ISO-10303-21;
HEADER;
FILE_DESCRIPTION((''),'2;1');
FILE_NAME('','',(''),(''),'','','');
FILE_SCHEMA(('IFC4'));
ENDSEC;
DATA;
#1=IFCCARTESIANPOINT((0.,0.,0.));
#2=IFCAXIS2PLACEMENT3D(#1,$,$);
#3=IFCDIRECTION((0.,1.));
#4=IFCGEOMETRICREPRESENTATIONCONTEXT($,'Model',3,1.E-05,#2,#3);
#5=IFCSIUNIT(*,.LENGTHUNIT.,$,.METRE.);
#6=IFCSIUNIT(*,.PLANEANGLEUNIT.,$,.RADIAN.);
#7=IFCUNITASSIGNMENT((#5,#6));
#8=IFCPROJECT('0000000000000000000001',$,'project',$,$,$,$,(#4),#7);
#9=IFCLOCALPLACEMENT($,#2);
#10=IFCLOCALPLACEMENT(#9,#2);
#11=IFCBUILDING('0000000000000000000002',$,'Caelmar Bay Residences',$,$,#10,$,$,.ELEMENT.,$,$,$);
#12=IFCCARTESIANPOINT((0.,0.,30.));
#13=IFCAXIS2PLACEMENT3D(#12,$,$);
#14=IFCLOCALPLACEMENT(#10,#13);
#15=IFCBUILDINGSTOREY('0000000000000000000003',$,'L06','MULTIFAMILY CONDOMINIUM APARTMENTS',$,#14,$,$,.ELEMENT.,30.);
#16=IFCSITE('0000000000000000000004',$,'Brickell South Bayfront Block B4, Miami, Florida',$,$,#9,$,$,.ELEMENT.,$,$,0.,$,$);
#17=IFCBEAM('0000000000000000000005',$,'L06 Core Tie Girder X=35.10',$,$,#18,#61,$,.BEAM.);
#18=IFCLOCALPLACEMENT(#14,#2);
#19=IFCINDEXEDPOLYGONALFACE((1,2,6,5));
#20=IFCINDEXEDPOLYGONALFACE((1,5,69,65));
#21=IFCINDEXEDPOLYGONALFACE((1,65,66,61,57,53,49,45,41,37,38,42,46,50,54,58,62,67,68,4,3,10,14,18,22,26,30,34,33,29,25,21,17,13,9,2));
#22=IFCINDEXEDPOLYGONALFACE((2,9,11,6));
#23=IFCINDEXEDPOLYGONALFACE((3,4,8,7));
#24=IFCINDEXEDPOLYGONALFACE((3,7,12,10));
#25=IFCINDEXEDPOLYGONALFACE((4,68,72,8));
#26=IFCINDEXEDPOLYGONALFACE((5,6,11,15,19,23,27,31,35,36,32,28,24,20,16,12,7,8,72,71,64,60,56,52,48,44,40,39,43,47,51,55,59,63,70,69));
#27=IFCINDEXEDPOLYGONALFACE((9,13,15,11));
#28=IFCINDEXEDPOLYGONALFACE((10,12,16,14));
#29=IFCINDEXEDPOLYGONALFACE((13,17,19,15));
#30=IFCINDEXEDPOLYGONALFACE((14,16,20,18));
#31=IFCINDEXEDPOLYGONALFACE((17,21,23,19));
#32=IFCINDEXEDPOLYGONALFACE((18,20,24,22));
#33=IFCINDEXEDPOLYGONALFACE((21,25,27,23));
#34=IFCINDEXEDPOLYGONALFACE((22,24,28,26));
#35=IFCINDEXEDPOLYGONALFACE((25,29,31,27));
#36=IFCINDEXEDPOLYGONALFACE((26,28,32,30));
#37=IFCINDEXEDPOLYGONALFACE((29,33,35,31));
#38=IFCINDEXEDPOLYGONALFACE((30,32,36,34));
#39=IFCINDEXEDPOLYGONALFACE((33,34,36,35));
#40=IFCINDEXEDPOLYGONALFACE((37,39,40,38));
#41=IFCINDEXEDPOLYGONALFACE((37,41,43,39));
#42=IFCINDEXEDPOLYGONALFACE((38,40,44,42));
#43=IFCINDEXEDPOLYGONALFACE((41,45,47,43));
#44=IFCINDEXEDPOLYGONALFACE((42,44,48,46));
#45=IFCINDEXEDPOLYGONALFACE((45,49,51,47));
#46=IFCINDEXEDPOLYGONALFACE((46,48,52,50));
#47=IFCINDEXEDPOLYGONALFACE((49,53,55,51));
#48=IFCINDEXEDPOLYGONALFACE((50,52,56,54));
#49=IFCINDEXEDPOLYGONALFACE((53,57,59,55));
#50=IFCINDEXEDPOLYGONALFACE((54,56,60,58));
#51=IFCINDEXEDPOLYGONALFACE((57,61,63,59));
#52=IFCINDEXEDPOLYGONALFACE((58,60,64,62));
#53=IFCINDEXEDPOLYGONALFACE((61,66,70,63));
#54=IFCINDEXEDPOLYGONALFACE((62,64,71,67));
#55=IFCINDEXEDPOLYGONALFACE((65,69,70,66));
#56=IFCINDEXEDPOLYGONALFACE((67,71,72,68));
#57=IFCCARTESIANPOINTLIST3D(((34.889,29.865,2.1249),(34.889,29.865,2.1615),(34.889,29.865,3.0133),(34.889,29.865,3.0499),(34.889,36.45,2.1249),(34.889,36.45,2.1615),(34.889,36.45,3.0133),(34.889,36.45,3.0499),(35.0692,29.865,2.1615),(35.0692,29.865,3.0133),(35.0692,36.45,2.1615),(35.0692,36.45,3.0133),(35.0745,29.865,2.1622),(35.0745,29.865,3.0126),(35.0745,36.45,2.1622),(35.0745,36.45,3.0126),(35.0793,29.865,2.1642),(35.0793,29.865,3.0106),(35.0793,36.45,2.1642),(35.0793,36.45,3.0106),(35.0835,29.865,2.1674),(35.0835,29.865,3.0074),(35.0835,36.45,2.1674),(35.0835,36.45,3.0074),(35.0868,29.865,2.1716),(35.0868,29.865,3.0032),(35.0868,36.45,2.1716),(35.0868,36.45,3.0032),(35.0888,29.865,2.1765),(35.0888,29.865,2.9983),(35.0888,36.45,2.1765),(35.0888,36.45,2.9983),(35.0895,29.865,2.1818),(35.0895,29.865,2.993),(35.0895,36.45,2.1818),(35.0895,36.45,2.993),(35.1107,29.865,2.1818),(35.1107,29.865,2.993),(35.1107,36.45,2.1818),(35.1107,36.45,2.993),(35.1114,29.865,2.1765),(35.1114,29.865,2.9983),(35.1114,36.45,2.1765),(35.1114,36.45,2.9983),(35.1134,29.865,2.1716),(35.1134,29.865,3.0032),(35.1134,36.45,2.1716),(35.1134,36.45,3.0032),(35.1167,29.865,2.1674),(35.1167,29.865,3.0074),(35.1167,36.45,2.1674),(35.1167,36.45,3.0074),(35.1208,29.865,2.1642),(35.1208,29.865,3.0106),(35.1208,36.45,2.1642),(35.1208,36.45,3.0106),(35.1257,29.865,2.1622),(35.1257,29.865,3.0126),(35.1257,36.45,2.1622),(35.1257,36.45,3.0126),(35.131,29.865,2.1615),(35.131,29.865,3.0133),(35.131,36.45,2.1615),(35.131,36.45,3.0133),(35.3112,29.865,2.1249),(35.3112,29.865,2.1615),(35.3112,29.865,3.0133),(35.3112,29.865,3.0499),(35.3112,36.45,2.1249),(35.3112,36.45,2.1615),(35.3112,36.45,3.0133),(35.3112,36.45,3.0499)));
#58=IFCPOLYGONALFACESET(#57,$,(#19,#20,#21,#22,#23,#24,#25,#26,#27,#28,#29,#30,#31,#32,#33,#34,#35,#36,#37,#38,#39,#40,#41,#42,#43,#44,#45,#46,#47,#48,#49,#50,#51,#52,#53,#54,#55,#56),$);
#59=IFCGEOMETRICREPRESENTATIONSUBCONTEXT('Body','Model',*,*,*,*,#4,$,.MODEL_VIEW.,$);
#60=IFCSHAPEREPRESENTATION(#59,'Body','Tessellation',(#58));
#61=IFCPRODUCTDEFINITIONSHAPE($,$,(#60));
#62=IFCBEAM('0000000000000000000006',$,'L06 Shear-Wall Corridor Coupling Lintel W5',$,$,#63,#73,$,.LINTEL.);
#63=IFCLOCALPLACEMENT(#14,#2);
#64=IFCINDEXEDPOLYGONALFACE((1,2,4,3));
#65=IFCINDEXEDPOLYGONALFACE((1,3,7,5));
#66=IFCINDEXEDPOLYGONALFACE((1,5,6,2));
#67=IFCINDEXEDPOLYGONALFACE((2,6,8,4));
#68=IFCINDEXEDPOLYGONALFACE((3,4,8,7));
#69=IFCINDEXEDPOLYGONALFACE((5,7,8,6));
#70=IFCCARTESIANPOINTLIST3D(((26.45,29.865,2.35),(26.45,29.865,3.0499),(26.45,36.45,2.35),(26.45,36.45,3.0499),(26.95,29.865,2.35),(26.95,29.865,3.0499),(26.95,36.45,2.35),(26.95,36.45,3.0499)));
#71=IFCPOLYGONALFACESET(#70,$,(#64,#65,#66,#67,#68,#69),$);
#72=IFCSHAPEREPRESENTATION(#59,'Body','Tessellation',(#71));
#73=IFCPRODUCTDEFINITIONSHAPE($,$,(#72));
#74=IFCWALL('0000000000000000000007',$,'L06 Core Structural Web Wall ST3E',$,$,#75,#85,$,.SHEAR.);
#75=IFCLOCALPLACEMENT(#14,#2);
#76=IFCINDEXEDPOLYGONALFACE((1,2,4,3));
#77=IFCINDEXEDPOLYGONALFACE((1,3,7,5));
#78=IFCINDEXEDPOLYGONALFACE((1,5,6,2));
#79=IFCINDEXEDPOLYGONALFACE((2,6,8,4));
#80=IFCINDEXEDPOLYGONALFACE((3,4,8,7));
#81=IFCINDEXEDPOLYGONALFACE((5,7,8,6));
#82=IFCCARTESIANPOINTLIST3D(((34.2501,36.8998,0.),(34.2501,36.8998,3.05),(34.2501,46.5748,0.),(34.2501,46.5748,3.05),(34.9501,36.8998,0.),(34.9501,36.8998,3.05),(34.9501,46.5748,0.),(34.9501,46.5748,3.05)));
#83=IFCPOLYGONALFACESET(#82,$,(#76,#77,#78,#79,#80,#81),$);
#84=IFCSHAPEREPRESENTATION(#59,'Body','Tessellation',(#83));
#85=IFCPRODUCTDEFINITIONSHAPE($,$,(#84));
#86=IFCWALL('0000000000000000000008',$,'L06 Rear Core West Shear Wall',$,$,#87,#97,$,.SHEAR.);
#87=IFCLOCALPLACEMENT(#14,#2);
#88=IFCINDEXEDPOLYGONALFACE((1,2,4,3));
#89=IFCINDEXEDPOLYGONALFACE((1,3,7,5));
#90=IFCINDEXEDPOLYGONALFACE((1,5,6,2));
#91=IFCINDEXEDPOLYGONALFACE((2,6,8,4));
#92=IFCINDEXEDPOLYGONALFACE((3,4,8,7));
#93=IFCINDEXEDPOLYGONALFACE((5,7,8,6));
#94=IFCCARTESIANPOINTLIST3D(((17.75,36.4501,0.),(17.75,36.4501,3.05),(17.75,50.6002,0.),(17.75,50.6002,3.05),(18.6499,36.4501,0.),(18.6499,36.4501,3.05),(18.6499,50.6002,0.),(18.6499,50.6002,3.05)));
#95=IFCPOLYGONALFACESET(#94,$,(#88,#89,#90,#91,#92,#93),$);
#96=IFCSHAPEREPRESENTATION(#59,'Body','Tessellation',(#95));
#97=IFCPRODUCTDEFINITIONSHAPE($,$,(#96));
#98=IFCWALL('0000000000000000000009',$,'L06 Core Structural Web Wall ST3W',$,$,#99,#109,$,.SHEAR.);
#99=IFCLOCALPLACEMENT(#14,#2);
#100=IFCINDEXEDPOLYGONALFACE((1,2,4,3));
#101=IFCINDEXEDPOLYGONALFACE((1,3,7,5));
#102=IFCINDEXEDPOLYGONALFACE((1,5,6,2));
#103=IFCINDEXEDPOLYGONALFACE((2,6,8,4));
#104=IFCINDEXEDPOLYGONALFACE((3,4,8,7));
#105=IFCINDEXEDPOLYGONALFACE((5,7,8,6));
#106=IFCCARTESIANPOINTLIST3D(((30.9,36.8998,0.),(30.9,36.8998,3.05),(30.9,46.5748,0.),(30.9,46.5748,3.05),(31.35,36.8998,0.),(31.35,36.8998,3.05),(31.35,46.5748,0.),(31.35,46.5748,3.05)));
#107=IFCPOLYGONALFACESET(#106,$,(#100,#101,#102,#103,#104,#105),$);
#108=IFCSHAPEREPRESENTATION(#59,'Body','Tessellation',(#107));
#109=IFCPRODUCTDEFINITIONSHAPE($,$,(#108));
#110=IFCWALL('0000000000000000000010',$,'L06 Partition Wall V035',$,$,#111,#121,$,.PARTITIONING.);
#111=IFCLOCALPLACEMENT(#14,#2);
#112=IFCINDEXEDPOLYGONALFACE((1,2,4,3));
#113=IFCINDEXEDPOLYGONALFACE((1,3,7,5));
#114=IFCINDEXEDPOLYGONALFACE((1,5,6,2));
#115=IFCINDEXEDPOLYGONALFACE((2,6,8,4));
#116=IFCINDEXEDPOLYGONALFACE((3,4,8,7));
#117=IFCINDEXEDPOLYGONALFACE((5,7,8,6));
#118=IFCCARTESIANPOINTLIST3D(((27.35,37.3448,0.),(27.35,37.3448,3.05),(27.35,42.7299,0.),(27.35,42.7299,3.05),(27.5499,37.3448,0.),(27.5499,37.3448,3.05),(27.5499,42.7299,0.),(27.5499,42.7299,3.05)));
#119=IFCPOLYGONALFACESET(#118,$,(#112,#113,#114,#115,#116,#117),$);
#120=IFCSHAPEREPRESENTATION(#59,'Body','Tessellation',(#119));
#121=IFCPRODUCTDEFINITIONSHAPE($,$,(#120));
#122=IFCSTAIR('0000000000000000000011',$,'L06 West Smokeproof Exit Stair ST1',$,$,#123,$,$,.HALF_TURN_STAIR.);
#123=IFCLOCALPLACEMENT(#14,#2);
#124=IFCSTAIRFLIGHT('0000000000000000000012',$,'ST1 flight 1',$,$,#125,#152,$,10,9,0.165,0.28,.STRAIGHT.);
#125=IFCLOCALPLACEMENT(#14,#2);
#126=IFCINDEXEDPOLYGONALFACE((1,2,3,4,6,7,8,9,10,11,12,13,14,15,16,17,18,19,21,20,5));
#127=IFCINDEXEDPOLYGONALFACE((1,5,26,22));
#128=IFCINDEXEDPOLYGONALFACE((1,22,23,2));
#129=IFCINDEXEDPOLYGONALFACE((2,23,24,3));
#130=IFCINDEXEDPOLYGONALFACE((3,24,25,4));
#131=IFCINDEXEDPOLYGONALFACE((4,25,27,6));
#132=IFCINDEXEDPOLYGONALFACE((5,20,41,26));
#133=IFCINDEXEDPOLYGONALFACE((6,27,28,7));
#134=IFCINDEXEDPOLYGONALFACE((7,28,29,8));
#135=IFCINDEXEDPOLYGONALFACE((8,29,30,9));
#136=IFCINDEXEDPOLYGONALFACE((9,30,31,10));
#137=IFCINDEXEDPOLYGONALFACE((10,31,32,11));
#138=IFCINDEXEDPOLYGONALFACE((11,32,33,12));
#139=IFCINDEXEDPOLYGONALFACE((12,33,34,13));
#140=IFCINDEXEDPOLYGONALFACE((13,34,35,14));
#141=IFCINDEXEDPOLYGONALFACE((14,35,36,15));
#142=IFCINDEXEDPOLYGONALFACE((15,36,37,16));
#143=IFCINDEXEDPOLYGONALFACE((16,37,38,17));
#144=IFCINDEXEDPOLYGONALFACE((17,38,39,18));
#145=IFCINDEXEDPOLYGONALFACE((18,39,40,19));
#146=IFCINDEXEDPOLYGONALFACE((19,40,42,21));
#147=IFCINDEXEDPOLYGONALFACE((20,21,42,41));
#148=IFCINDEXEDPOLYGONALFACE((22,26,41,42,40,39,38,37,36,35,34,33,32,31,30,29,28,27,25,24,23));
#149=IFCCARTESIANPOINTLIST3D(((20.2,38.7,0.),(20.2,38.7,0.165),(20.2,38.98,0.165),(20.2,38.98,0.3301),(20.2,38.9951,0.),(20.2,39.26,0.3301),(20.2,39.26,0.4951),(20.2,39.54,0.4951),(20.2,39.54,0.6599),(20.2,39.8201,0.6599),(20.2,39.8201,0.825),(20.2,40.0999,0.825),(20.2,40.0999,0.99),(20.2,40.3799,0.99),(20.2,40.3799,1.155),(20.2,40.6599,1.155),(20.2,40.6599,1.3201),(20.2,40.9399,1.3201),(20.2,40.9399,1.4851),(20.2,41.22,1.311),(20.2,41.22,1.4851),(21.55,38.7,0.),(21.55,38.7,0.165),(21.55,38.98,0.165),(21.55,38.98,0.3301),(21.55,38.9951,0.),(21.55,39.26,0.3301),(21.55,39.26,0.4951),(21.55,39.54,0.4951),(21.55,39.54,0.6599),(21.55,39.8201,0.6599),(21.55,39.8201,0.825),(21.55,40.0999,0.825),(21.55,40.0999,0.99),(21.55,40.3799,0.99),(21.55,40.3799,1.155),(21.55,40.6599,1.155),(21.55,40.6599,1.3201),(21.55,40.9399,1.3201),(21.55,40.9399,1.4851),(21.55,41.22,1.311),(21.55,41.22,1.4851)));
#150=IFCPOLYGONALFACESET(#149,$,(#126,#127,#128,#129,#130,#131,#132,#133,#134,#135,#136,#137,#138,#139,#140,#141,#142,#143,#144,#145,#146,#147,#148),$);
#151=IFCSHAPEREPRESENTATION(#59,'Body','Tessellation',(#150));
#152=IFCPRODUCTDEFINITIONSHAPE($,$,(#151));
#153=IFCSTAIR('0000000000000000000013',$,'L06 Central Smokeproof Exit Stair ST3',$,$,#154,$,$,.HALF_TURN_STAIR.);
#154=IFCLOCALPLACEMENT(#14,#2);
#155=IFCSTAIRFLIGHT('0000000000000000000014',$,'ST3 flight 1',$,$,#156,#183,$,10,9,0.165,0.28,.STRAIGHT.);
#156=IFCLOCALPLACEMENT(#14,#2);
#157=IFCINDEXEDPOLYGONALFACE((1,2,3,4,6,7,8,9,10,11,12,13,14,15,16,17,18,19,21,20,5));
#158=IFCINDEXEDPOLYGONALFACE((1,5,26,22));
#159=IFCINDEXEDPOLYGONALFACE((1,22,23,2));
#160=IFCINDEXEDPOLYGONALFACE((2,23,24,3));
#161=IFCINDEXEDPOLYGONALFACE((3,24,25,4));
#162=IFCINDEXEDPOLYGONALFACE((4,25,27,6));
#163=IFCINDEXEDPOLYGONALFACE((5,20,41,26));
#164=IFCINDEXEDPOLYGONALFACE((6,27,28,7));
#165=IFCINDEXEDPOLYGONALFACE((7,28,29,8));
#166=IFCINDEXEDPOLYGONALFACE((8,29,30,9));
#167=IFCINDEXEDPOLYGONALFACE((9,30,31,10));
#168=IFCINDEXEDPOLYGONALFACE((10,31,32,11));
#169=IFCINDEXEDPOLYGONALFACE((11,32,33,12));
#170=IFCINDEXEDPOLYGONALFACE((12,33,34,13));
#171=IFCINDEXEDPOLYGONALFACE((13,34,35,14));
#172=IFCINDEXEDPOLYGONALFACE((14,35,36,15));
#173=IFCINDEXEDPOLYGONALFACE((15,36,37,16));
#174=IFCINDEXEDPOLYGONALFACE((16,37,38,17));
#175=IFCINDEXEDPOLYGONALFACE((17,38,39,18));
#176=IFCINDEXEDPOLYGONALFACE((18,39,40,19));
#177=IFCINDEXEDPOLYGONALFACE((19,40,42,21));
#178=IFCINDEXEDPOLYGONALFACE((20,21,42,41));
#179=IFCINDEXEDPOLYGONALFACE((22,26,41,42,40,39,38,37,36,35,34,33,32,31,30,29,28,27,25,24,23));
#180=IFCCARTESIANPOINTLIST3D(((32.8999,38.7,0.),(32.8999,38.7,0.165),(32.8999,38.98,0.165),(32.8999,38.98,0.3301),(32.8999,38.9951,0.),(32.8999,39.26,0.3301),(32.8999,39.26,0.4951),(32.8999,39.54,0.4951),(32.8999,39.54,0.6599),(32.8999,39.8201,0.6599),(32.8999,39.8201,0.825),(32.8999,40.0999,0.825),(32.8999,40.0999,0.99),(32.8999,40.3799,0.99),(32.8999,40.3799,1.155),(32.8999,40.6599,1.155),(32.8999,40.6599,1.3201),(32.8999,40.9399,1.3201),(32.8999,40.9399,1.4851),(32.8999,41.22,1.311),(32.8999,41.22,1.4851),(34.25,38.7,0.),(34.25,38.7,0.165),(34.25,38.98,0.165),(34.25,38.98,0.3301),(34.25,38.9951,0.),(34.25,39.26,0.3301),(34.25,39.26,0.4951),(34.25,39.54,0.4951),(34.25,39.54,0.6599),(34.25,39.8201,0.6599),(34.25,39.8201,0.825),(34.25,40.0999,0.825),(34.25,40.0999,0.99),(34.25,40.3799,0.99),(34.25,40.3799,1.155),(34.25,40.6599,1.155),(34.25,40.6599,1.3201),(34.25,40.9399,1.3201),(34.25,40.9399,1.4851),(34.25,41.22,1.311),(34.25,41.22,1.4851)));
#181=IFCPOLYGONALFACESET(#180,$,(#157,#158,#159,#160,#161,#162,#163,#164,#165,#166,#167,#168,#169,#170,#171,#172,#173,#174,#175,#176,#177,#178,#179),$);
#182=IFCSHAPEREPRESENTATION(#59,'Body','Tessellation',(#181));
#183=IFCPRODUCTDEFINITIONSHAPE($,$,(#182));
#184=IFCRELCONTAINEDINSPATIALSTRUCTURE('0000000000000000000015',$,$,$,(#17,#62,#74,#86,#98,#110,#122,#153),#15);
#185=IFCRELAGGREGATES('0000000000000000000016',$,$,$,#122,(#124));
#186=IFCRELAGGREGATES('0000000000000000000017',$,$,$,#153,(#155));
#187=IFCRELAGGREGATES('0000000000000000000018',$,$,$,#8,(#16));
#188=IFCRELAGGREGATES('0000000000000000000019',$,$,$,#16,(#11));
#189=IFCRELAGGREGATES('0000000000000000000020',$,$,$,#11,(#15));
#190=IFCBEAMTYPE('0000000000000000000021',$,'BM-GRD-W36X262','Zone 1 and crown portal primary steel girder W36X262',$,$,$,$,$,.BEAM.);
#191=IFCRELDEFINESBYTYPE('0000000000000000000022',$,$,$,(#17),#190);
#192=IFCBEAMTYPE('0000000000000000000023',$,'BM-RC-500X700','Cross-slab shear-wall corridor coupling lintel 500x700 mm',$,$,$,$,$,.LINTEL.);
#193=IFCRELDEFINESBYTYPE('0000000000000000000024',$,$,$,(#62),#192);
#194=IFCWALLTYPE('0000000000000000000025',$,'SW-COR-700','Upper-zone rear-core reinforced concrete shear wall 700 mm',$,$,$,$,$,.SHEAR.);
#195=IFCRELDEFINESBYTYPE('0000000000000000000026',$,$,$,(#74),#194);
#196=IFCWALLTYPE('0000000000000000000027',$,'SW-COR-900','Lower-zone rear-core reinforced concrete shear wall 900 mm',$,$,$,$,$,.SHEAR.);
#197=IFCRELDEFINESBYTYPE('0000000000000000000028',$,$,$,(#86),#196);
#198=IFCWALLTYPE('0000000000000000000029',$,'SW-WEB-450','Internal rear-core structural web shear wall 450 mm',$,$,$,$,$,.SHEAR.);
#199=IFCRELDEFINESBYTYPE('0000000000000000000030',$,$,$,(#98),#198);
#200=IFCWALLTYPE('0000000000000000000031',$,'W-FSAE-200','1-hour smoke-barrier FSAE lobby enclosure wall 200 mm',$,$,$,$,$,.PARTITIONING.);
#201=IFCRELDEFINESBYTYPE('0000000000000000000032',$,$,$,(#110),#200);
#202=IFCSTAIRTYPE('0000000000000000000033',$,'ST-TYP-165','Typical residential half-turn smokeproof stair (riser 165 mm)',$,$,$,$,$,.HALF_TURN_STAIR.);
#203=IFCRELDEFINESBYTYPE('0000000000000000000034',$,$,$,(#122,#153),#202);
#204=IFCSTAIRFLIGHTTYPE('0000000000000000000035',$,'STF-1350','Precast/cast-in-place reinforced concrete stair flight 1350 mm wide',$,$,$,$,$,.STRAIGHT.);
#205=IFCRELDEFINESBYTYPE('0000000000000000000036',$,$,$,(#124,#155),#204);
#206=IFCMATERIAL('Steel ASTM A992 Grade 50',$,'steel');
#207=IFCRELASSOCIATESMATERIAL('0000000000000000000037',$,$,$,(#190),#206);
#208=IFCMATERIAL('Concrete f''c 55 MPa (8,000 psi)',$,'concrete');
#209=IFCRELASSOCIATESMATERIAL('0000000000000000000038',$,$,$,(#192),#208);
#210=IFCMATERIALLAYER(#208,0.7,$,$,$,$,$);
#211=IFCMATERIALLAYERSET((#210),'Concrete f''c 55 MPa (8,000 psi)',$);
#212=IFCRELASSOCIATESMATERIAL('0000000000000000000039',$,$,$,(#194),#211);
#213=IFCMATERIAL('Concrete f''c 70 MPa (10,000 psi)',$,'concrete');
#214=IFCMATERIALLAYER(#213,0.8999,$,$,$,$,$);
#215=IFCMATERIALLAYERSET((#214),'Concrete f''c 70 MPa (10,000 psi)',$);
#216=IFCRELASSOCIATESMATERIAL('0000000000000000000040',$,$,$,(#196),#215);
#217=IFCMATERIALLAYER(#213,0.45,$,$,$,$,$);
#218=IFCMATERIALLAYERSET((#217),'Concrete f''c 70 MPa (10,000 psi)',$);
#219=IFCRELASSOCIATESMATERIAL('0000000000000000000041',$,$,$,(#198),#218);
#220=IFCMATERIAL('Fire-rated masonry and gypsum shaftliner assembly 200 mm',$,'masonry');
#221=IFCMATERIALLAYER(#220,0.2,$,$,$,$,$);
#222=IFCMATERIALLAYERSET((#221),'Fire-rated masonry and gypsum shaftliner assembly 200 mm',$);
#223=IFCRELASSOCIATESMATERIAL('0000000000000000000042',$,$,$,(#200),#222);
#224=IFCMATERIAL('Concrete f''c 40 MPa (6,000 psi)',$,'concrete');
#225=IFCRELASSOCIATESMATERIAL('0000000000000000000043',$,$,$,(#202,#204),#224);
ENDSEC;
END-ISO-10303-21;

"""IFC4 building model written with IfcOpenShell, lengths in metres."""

from ifc_helpers import new_model, si_unit, direction, frame, frame_2d, origin, origin_2d, place, context, subcontext, project, spatial, polyline, rectangle, i_section, outline, extrude, material, layer, layer_set, material_profile, profile_set, type_object, element, aggregate, save


model = new_model("IFC4")

# Units and contexts
model_context = context("Model", 3, precision=1e-05, world=origin(), true_north=direction((0.0, 1.0)))
body_context = subcontext(model_context, "Body", "Model", "MODEL_VIEW")
ifc_project = project(units=[si_unit("LENGTHUNIT", "METRE"), si_unit("PLANEANGLEUNIT", "RADIAN")], contexts=[model_context])

# Site, building, storey
site_placement = place(None, origin())
site = spatial("IfcSite", under=ifc_project, at=site_placement, Name="Brickell South Bayfront Block B4, Miami, Florida", CompositionType="ELEMENT", RefElevation=0.0)
building_placement = place(site_placement, origin())
building = spatial("IfcBuilding", under=site, at=building_placement, Name="Caelmar Bay Residences", CompositionType="ELEMENT")
storey_placement = place(building_placement, frame((0.0, 0.0, 30.0)))
storey = spatial("IfcBuildingStorey", under=building, at=storey_placement, Name="L06", Description="MULTIFAMILY CONDOMINIUM APARTMENTS", CompositionType="ELEMENT", Elevation=30.0)

# Beams
ifc_material_1 = material(Name="Steel ASTM A992 Grade 50", Category="steel")
ifc_material_profile_1 = material_profile(ifc_material_1, i_section(OverallWidth=0.4221, OverallDepth=0.925, WebThickness=0.0212, FlangeThickness=0.0366, FilletRadius=0.0203, at=origin_2d()), Name="W36X262")
ifc_profile_set_1 = profile_set([ifc_material_profile_1], Name="Steel ASTM A992 Grade 50")
beam_type_1 = type_object("IfcBeamType", Name="BM-GRD-W36X262", Description="Zone 1 and crown portal primary steel girder W36X262", PredefinedType="BEAM", material=ifc_profile_set_1)
beam_1_placement = place(storey_placement, frame((35.1001, 29.865, 2.5874), z_axis=(0.0, 1.0, 0.0), x_axis=(-1.0, 0.0, 0.0)))
element("IfcBeam", 1, at=beam_1_placement, inside=storey, type_object=beam_type_1, Name="L06 Core Tie Girder X=35.10", PredefinedType="BEAM", context=body_context, shape_type="SweptSolid", body=[
    extrude(i_section(OverallWidth=0.4221, OverallDepth=0.925, WebThickness=0.0212, FlangeThickness=0.0366, FilletRadius=0.0203, at=origin_2d()), origin(), (0.0, 0.0, 1.0), 6.585),
])
ifc_material_2 = material(Name="Concrete f'c 55 MPa (8,000 psi)", Category="concrete")
ifc_material_profile_2 = material_profile(ifc_material_2, rectangle(XDim=0.5, YDim=0.7, at=origin_2d()), Name="RC-BM-500X700")
ifc_profile_set_2 = profile_set([ifc_material_profile_2], Name="Concrete f'c 55 MPa (8,000 psi)")
beam_type_2 = type_object("IfcBeamType", Name="BM-RC-500X700", Description="Cross-slab shear-wall corridor coupling lintel 500x700 mm", PredefinedType="LINTEL", material=ifc_profile_set_2)
beam_2_placement = place(storey_placement, frame((26.7, 29.865, 2.7), z_axis=(0.0, 1.0, 0.0), x_axis=(-1.0, 0.0, 0.0)))
element("IfcBeam", 2, at=beam_2_placement, inside=storey, type_object=beam_type_2, Name="L06 Shear-Wall Corridor Coupling Lintel W5", PredefinedType="LINTEL", context=body_context, shape_type="SweptSolid", body=[
    extrude(rectangle(XDim=0.5, YDim=0.7, at=origin_2d()), origin(), (0.0, 0.0, 1.0), 6.585),
])

# Shared definitions
ifc_layer_1 = layer(ifc_material_2, 0.7)
ifc_layer_set_1 = layer_set([ifc_layer_1], Name="Concrete f'c 55 MPa (8,000 psi)")
wall_type_1 = type_object("IfcWallType", Name="SW-COR-700", Description="Upper-zone rear-core reinforced concrete shear wall 700 mm", PredefinedType="SHEAR", material=ifc_layer_set_1)

# Walls
wall_1_placement = place(storey_placement, frame((34.6001, 36.8999, 0.0), z_axis=(0.0, 0.0, 1.0), x_axis=(0.0, 1.0, 0.0)))
element("IfcWall", 3, at=wall_1_placement, inside=storey, type_object=wall_type_1, Name="L06 Core Structural Web Wall ST3E", PredefinedType="SHEAR", context=body_context, shape_type="SweptSolid", body=[
    extrude(rectangle(XDim=9.675, YDim=0.7, at=frame_2d((4.8374, 0.0))), origin(), (0.0, 0.0, 1.0), 3.05),
])
ifc_material_3 = material(Name="Concrete f'c 70 MPa (10,000 psi)", Category="concrete")
ifc_layer_2 = layer(ifc_material_3, 0.8999)
ifc_layer_set_2 = layer_set([ifc_layer_2], Name="Concrete f'c 70 MPa (10,000 psi)")
wall_type_2 = type_object("IfcWallType", Name="SW-COR-900", Description="Lower-zone rear-core reinforced concrete shear wall 900 mm", PredefinedType="SHEAR", material=ifc_layer_set_2)
wall_2_placement = place(storey_placement, frame((18.2, 36.45, 0.0), z_axis=(0.0, 0.0, 1.0), x_axis=(0.0, 1.0, 0.0)))
element("IfcWall", 4, at=wall_2_placement, inside=storey, type_object=wall_type_2, Name="L06 Rear Core West Shear Wall", PredefinedType="SHEAR", context=body_context, shape_type="SweptSolid", body=[
    extrude(rectangle(XDim=14.1501, YDim=0.8999, at=frame_2d((7.0752, 0.0))), origin(), (0.0, 0.0, 1.0), 3.05),
])
ifc_layer_3 = layer(ifc_material_3, 0.45)
ifc_layer_set_3 = layer_set([ifc_layer_3], Name="Concrete f'c 70 MPa (10,000 psi)")
wall_type_3 = type_object("IfcWallType", Name="SW-WEB-450", Description="Internal rear-core structural web shear wall 450 mm", PredefinedType="SHEAR", material=ifc_layer_set_3)
wall_3_placement = place(storey_placement, frame((31.125, 36.8999, 0.0), z_axis=(0.0, 0.0, 1.0), x_axis=(0.0, 1.0, 0.0)))
element("IfcWall", 5, at=wall_3_placement, inside=storey, type_object=wall_type_3, Name="L06 Core Structural Web Wall ST3W", PredefinedType="SHEAR", context=body_context, shape_type="SweptSolid", body=[
    extrude(rectangle(XDim=9.675, YDim=0.45, at=frame_2d((4.8374, 0.0))), origin(), (0.0, 0.0, 1.0), 3.05),
])
ifc_material_4 = material(Name="Fire-rated masonry and gypsum shaftliner assembly 200 mm", Category="masonry")
ifc_layer_4 = layer(ifc_material_4, 0.2)
ifc_layer_set_4 = layer_set([ifc_layer_4], Name="Fire-rated masonry and gypsum shaftliner assembly 200 mm")
wall_type_4 = type_object("IfcWallType", Name="W-FSAE-200", Description="1-hour smoke-barrier FSAE lobby enclosure wall 200 mm", PredefinedType="PARTITIONING", material=ifc_layer_set_4)
wall_4_placement = place(storey_placement, frame((27.45, 37.345, 0.0), z_axis=(0.0, 0.0, 1.0), x_axis=(0.0, 1.0, 0.0)))
element("IfcWall", 6, at=wall_4_placement, inside=storey, type_object=wall_type_4, Name="L06 Partition Wall V035", PredefinedType="PARTITIONING", context=body_context, shape_type="SweptSolid", body=[
    extrude(rectangle(XDim=5.385, YDim=0.2, at=frame_2d((2.6924, 0.0))), origin(), (0.0, 0.0, 1.0), 3.05),
])

# Stairs, stair flights
ifc_material_5 = material(Name="Concrete f'c 40 MPa (6,000 psi)", Category="concrete")
stair_type = type_object("IfcStairType", Name="ST-TYP-165", Description="Typical residential half-turn smokeproof stair (riser 165 mm)", PredefinedType="HALF_TURN_STAIR", material=ifc_material_5)
stair_1_placement = place(storey_placement, origin())
stair_1 = element("IfcStair", 7, at=stair_1_placement, inside=storey, type_object=stair_type, Name="L06 West Smokeproof Exit Stair ST1", PredefinedType="HALF_TURN_STAIR")
stair_flight_type = type_object("IfcStairFlightType", Name="STF-1350", Description="Precast/cast-in-place reinforced concrete stair flight 1350 mm wide", PredefinedType="STRAIGHT", material=ifc_material_5)
stair_flight_1_placement = place(storey_placement, frame((20.875, 38.7, 0.0), z_axis=(0.0, 0.0, 1.0), x_axis=(0.0, 1.0, 0.0)))
stair_flight_1 = element("IfcStairFlight", 8, at=stair_flight_1_placement, type_object=stair_flight_type, Name="ST1 flight 1", NumberOfRisers=10, NumberOfTreads=9, PredefinedType="STRAIGHT", RiserHeight=0.165, TreadLength=0.28, context=body_context, shape_type="SweptSolid", body=[
    extrude(outline(polyline([(0.0, 0.0), (0.0, 0.165), (0.28, 0.165), (0.28, 0.3301), (0.5601, 0.3301), (0.5601, 0.4951), (0.8401, 0.4951), (0.8401, 0.6599), (1.1201, 0.6599), (1.1201, 0.825), (1.3999, 0.825), (1.3999, 0.99), (1.6799, 0.99), (1.6799, 1.155), (1.96, 1.155), (1.96, 1.3201), (2.24, 1.3201), (2.24, 1.4851), (2.52, 1.4851), (2.52, 1.6499), (2.52, 1.311), (0.2952, 0.0), (0.0, 0.0)])), frame((0.0, 0.675, 0.0), z_axis=(0.0, -1.0, 0.0), x_axis=(1.0, 0.0, 0.0)), (0.0, 0.0, 1.0), 1.3501),
])
aggregate(stair_1, [stair_flight_1])
stair_2_placement = place(storey_placement, origin())
stair_2 = element("IfcStair", 9, at=stair_2_placement, inside=storey, type_object=stair_type, Name="L06 Central Smokeproof Exit Stair ST3", PredefinedType="HALF_TURN_STAIR")
stair_flight_2_placement = place(storey_placement, frame((33.575, 38.7, 0.0), z_axis=(0.0, 0.0, 1.0), x_axis=(0.0, 1.0, 0.0)))
stair_flight_2 = element("IfcStairFlight", 10, at=stair_flight_2_placement, type_object=stair_flight_type, Name="ST3 flight 1", NumberOfRisers=10, NumberOfTreads=9, PredefinedType="STRAIGHT", RiserHeight=0.165, TreadLength=0.28, context=body_context, shape_type="SweptSolid", body=[
    extrude(outline(polyline([(0.0, 0.0), (0.0, 0.165), (0.28, 0.165), (0.28, 0.3301), (0.5601, 0.3301), (0.5601, 0.4951), (0.8401, 0.4951), (0.8401, 0.6599), (1.1201, 0.6599), (1.1201, 0.825), (1.3999, 0.825), (1.3999, 0.99), (1.6799, 0.99), (1.6799, 1.155), (1.96, 1.155), (1.96, 1.3201), (2.24, 1.3201), (2.24, 1.4851), (2.52, 1.4851), (2.52, 1.6499), (2.52, 1.311), (0.2952, 0.0), (0.0, 0.0)])), frame((0.0, 0.675, 0.0), z_axis=(0.0, -1.0, 0.0), x_axis=(1.0, 0.0, 0.0)), (0.0, 0.0, 1.0), 1.3501),
])
aggregate(stair_2, [stair_flight_2])

save(model, "model.ifc")
